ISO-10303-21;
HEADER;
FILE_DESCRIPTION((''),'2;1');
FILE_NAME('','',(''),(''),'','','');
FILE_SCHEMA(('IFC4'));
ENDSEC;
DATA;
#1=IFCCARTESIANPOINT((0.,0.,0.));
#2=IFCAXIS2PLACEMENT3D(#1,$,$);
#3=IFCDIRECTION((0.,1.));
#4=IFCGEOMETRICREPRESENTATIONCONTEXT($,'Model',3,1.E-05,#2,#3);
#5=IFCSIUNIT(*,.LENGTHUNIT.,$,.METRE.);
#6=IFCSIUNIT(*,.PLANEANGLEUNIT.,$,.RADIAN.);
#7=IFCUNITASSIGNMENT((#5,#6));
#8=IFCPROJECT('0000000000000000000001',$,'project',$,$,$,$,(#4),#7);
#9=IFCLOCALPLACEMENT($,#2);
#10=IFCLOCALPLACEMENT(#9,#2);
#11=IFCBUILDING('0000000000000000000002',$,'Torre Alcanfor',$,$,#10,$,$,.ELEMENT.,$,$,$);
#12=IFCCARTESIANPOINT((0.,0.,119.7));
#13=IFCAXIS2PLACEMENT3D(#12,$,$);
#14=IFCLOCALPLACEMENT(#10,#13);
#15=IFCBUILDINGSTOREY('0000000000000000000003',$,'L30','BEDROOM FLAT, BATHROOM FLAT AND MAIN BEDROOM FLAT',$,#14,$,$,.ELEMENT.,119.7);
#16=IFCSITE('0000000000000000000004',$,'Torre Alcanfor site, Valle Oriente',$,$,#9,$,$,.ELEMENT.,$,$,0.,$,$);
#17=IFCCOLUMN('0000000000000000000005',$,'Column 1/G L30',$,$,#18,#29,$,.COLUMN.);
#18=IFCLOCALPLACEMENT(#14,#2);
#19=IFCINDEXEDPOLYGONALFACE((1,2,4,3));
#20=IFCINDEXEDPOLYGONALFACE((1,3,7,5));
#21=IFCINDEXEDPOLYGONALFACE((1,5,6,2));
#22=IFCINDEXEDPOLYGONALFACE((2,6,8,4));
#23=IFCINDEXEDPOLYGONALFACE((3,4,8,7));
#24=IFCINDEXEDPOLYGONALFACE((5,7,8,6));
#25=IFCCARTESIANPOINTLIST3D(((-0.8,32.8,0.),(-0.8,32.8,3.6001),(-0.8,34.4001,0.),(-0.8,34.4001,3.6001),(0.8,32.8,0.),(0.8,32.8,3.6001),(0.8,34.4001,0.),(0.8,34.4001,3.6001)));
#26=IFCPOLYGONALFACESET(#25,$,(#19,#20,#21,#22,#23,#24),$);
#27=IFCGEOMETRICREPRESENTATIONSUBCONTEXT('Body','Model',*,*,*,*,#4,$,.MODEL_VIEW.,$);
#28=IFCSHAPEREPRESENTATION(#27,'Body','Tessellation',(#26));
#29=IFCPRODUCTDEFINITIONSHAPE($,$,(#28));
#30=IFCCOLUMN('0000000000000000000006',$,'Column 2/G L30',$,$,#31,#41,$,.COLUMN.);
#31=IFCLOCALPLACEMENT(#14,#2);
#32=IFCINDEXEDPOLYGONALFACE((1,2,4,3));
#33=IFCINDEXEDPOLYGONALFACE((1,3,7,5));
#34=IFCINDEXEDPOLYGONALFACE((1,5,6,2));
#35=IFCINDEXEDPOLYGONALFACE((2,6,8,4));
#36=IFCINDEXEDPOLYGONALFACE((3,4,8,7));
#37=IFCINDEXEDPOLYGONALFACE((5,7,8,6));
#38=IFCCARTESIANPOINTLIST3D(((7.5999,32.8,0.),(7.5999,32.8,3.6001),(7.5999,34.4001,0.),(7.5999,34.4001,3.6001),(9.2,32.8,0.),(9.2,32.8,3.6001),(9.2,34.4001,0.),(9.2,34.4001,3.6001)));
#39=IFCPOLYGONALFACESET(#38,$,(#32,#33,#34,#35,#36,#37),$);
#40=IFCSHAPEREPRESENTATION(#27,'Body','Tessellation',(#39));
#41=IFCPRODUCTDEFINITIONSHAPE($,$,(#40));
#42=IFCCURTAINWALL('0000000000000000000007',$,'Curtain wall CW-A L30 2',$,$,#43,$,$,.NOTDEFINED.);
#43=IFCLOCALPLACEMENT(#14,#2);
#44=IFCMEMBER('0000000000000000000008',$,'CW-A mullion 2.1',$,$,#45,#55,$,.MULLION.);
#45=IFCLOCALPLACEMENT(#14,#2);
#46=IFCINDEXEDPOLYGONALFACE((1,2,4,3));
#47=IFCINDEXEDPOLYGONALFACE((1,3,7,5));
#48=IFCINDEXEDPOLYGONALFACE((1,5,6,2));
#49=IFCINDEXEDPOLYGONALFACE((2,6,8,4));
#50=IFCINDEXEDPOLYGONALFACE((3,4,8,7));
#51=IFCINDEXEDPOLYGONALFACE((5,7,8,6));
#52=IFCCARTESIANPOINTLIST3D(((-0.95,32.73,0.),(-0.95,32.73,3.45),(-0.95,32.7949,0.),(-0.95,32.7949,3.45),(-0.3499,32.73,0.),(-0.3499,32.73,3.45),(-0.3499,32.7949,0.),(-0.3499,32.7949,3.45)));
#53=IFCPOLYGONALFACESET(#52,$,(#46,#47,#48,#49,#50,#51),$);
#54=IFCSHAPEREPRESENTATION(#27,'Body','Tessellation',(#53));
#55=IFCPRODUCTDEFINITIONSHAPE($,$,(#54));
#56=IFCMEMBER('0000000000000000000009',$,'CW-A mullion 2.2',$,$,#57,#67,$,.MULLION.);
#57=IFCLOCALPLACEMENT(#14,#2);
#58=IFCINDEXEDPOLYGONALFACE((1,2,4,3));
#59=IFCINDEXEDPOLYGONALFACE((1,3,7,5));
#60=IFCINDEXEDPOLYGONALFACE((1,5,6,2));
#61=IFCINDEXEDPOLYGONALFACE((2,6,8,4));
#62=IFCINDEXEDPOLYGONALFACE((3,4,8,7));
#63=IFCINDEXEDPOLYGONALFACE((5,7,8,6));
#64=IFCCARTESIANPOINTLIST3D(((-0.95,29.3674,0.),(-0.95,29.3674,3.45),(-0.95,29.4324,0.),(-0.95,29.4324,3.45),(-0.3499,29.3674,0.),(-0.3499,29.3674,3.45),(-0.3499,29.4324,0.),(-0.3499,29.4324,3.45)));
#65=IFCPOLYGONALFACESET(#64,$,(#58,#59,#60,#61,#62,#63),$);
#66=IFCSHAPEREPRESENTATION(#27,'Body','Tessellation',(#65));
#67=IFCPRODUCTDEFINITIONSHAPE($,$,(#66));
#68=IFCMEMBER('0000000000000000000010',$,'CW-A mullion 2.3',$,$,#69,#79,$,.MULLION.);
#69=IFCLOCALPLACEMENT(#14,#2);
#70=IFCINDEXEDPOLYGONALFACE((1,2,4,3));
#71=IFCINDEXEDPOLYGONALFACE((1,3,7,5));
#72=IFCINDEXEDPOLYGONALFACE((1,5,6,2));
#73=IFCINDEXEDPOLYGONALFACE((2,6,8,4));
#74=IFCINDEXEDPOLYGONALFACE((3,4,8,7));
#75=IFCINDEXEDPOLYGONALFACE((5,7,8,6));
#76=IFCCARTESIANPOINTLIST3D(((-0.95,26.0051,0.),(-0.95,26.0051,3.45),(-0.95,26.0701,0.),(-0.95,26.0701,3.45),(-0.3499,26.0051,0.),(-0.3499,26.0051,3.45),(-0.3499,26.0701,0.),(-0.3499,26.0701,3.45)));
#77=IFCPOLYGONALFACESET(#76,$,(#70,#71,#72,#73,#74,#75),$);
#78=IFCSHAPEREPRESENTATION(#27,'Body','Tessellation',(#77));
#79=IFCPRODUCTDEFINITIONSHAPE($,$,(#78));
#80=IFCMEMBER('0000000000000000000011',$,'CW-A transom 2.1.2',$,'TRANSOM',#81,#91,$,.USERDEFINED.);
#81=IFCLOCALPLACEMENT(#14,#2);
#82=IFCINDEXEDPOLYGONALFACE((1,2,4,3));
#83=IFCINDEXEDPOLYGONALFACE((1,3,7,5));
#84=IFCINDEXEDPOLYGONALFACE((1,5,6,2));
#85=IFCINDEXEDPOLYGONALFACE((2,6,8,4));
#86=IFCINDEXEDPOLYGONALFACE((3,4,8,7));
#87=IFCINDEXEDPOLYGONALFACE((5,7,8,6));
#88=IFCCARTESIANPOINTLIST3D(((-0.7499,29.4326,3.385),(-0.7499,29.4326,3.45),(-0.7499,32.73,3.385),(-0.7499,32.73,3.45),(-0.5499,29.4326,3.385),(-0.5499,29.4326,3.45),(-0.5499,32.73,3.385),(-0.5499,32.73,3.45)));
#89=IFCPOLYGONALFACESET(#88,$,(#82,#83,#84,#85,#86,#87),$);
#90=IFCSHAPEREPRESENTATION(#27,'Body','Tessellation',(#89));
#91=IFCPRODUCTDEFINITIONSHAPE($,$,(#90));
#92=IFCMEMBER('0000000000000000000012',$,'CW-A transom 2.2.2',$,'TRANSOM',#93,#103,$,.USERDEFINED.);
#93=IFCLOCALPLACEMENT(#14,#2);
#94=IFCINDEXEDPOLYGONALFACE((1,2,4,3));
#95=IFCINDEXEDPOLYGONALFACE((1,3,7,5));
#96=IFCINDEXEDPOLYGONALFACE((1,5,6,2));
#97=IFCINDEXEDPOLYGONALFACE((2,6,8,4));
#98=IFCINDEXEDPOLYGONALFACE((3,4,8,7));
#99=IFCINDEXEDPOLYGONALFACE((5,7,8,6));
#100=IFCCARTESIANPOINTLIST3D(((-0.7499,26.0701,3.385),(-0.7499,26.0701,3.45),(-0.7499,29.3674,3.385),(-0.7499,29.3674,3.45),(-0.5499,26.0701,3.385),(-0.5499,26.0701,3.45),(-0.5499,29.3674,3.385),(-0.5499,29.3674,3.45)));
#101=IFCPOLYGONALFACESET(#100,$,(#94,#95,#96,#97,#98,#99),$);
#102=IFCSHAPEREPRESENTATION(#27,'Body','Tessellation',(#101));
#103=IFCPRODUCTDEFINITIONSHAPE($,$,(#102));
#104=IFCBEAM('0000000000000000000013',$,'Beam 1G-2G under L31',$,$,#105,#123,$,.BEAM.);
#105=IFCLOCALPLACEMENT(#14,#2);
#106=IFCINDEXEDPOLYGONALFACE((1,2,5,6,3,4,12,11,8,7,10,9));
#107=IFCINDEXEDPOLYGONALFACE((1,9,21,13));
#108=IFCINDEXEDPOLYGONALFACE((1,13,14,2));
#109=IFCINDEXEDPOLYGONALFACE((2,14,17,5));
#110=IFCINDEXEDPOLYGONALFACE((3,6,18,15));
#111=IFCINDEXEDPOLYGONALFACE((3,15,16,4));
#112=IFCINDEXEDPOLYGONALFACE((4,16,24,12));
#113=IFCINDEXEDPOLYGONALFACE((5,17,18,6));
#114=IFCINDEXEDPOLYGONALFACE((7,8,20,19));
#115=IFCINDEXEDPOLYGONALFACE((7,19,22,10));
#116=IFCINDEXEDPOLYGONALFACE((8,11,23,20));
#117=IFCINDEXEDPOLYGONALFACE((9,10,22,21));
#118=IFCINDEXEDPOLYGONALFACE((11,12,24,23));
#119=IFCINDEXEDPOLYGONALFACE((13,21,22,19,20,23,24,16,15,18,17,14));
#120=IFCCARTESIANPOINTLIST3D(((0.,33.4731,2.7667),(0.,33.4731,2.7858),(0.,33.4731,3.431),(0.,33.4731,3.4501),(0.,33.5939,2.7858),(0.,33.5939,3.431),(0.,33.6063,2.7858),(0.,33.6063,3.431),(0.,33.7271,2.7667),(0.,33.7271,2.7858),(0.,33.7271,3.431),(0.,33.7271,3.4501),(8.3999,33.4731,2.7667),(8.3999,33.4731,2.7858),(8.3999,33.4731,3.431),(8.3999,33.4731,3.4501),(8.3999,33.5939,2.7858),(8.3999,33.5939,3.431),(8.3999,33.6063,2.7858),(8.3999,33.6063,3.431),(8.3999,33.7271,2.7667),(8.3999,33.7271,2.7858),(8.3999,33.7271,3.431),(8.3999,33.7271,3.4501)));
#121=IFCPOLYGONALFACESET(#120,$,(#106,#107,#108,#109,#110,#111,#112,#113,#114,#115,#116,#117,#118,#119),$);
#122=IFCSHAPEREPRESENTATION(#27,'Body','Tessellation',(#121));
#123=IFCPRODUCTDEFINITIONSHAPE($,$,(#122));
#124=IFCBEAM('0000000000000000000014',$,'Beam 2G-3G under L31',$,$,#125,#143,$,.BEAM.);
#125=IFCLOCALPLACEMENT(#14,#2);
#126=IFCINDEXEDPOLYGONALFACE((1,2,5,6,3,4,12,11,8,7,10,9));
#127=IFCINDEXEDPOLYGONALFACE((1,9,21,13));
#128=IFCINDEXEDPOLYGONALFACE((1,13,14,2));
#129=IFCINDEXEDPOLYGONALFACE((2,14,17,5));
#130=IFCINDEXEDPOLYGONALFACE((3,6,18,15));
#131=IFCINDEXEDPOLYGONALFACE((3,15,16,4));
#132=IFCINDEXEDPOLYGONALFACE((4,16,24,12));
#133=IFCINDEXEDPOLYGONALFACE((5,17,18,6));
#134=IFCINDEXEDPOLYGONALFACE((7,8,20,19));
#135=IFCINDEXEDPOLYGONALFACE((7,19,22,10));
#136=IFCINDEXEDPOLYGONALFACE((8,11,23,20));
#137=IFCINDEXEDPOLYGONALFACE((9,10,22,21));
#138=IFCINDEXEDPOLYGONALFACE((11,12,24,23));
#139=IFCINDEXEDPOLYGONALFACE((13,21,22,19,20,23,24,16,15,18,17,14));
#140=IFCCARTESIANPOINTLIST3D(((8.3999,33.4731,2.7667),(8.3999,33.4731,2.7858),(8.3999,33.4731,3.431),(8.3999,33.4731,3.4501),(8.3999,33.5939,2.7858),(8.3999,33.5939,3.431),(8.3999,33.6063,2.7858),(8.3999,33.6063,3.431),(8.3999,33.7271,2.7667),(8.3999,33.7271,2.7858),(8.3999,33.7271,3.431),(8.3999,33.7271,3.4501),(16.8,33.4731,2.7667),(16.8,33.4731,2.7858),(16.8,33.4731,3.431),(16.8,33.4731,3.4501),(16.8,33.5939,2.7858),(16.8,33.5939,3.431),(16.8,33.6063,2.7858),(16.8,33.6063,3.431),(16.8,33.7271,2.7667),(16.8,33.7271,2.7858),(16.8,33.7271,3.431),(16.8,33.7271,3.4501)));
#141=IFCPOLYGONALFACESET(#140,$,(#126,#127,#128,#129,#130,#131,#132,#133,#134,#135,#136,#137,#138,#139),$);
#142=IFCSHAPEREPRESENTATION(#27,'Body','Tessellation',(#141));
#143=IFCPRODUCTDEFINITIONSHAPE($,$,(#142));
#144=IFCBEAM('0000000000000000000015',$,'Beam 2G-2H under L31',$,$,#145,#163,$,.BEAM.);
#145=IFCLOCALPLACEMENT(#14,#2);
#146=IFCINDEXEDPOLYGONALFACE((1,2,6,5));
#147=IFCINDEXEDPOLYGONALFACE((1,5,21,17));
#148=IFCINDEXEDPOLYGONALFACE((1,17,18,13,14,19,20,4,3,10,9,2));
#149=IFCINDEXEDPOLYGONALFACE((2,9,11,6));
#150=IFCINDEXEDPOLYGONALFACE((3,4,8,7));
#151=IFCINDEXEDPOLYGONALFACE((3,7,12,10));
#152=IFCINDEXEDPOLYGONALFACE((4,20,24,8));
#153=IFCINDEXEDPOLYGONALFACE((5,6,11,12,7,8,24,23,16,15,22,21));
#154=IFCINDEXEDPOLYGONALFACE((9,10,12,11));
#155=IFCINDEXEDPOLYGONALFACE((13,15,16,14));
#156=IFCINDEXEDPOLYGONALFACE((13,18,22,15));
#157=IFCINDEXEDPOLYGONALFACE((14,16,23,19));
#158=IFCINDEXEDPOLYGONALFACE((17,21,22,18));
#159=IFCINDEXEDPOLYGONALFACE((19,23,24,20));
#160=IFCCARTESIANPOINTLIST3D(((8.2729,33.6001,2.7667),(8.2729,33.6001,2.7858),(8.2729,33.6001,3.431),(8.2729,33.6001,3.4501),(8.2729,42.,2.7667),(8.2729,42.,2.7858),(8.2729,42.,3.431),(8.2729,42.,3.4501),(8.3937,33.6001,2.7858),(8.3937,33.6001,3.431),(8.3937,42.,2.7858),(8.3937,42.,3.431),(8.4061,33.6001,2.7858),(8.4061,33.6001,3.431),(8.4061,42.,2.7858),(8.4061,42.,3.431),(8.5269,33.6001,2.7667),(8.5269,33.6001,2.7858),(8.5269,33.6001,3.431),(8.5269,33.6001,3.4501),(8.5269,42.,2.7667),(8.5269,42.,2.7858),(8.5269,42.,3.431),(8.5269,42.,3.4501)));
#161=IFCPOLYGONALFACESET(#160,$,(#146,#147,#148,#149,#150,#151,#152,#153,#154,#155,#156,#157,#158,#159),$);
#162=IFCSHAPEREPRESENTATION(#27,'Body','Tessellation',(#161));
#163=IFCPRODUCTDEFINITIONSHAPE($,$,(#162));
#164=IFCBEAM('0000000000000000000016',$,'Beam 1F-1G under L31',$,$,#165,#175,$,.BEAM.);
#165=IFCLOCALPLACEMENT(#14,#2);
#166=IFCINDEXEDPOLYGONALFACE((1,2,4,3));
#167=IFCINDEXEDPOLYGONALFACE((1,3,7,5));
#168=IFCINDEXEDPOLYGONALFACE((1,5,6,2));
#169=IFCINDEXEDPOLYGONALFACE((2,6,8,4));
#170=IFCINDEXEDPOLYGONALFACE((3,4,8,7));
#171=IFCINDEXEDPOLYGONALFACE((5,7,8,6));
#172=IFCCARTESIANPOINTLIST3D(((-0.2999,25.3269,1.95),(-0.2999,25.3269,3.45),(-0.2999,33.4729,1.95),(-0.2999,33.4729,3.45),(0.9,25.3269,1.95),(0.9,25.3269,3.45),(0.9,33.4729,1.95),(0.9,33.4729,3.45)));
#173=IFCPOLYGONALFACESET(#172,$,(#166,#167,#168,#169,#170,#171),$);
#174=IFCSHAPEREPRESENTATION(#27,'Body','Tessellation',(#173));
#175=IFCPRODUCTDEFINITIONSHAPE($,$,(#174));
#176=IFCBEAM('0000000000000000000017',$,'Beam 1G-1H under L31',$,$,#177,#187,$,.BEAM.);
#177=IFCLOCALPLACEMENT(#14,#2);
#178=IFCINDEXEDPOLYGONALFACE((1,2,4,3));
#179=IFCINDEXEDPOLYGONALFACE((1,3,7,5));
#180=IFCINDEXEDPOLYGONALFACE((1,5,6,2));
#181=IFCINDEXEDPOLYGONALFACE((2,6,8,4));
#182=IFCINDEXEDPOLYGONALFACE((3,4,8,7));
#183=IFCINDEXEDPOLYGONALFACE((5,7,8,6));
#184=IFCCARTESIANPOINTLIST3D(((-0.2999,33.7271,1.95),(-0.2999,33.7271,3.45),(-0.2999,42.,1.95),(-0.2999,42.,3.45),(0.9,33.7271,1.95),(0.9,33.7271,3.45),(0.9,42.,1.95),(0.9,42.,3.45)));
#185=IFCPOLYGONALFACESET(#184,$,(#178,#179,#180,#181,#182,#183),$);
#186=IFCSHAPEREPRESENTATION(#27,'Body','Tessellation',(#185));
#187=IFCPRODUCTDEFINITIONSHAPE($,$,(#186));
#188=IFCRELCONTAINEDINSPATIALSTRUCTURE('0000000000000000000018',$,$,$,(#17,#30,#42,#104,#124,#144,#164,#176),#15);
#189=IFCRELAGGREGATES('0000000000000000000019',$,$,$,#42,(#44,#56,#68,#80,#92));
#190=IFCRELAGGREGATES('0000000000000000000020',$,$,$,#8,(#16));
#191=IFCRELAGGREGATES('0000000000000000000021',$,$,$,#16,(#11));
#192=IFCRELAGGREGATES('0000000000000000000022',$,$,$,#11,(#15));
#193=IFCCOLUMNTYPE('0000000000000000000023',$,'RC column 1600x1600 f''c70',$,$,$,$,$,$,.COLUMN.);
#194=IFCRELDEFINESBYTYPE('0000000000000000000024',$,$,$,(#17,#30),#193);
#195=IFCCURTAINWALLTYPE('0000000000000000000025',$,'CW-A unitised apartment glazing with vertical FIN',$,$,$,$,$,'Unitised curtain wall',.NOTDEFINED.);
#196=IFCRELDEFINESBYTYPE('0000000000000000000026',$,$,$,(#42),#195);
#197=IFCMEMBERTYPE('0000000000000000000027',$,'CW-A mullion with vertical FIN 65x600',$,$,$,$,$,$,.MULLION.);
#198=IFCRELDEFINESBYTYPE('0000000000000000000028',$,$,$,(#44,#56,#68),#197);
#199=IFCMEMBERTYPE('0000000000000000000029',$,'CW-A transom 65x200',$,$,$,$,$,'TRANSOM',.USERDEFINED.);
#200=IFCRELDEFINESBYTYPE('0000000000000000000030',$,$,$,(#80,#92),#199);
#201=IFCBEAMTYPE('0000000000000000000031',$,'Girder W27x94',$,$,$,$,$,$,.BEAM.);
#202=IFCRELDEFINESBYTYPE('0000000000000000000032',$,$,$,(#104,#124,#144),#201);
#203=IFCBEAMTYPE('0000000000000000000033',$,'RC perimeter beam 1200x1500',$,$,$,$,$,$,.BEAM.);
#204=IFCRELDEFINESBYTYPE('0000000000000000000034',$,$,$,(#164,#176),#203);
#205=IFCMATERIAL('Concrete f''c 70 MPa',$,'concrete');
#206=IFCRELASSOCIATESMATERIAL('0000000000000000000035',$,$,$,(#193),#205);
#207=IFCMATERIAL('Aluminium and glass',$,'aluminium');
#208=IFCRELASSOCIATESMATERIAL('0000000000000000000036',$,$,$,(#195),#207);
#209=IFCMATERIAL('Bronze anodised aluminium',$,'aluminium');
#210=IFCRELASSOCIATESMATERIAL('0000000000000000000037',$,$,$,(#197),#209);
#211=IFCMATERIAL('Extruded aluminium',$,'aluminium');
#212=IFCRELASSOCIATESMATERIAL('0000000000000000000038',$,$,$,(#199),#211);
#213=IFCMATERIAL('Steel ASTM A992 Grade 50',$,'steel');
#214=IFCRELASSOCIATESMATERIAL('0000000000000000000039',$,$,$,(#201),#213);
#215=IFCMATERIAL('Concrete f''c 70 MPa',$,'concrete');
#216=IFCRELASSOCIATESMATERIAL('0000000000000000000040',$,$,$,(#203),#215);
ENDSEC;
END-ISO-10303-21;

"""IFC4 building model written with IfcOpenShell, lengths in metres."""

from ifc_helpers import new_model, si_unit, direction, frame, origin, origin_2d, place, context, subcontext, project, spatial, rectangle, i_section, extrude, material, material_profile, profile_set, type_object, element, aggregate, save


model = new_model("IFC4")

# Units and contexts
model_context = context("Model", 3, precision=1e-05, world=origin(), true_north=direction((0.0, 1.0)))
body_context = subcontext(model_context, "Body", "Model", "MODEL_VIEW")
ifc_project = project(units=[si_unit("LENGTHUNIT", "METRE"), si_unit("PLANEANGLEUNIT", "RADIAN")], contexts=[model_context])

# Site, building, storey
site_placement = place(None, origin())
site = spatial("IfcSite", under=ifc_project, at=site_placement, Name="Torre Alcanfor site, Valle Oriente", CompositionType="ELEMENT", RefElevation=0.0)
building_placement = place(site_placement, origin())
building = spatial("IfcBuilding", under=site, at=building_placement, Name="Torre Alcanfor", CompositionType="ELEMENT")
storey_placement = place(building_placement, frame((0.0, 0.0, 119.7)))
storey = spatial("IfcBuildingStorey", under=building, at=storey_placement, Name="L30", Description="BEDROOM FLAT, BATHROOM FLAT AND MAIN BEDROOM FLAT", CompositionType="ELEMENT", Elevation=119.7)

# Columns
ifc_material_1 = material(Name="Concrete f'c 70 MPa", Category="concrete")
ifc_material_profile_1 = material_profile(ifc_material_1, rectangle(XDim=1.6001, YDim=1.6001, at=origin_2d()), Name="1600x1600")
ifc_profile_set_1 = profile_set([ifc_material_profile_1], Name="Concrete f'c 70 MPa")
column_type = type_object("IfcColumnType", Name="RC column 1600x1600 f'c70", PredefinedType="COLUMN", material=ifc_profile_set_1)
for number, where, z_axis, x_axis, name in (
    (1, (0.0, 33.6001, 0.0), (0.0, 0.0, 1.0), (1.0, 0.0, 0.0), "Column 1/G L30"),
    (2, (8.3999, 33.6001, 0.0), (0.0, 0.0, 1.0), (1.0, 0.0, 0.0), "Column 2/G L30"),
):
    element("IfcColumn", number, at=place(storey_placement, frame(where, z_axis=z_axis, x_axis=x_axis)), inside=storey, type_object=column_type, Name=name, PredefinedType="COLUMN", context=body_context, shape_type="SweptSolid", body=[
        extrude(rectangle(XDim=1.6001, YDim=1.6001, at=origin_2d()), origin(), (0.0, 0.0, 1.0), 3.6001),
    ])

# Curtain wall, members
ifc_material_2 = material(Name="Aluminium and glass", Category="aluminium")
curtain_wall_type = type_object("IfcCurtainWallType", Name="CW-A unitised apartment glazing with vertical FIN", ElementType="Unitised curtain wall", PredefinedType="NOTDEFINED", material=ifc_material_2)
curtain_wall_placement = place(storey_placement, origin())
curtain_wall = element("IfcCurtainWall", 3, at=curtain_wall_placement, inside=storey, type_object=curtain_wall_type, Name="Curtain wall CW-A L30 2", PredefinedType="NOTDEFINED")
ifc_material_3 = material(Name="Bronze anodised aluminium", Category="aluminium")
ifc_material_profile_2 = material_profile(ifc_material_3, rectangle(XDim=0.6001, YDim=0.0649, at=origin_2d()), Name="CW-A mullion 65x600")
ifc_profile_set_2 = profile_set([ifc_material_profile_2], Name="Bronze anodised aluminium")
member_type_1 = type_object("IfcMemberType", Name="CW-A mullion with vertical FIN 65x600", PredefinedType="MULLION", material=ifc_profile_set_2)
member_1_placement = place(storey_placement, frame((-0.6499, 32.7625, 0.0), z_axis=(0.0, 0.0, 1.0), x_axis=(1.0, 0.0, 0.0)))
member_1 = element("IfcMember", 4, at=member_1_placement, type_object=member_type_1, Name="CW-A mullion 2.1", PredefinedType="MULLION", context=body_context, shape_type="SweptSolid", body=[
    extrude(rectangle(XDim=0.6001, YDim=0.0649, at=origin_2d()), origin(), (0.0, 0.0, 1.0), 3.45),
])
member_2_placement = place(storey_placement, frame((-0.6499, 29.3999, 0.0), z_axis=(0.0, 0.0, 1.0), x_axis=(1.0, 0.0, 0.0)))
member_2 = element("IfcMember", 5, at=member_2_placement, type_object=member_type_1, Name="CW-A mullion 2.2", PredefinedType="MULLION", context=body_context, shape_type="SweptSolid", body=[
    extrude(rectangle(XDim=0.6001, YDim=0.0649, at=origin_2d()), origin(), (0.0, 0.0, 1.0), 3.45),
])
member_3_placement = place(storey_placement, frame((-0.6499, 26.0376, 0.0), z_axis=(0.0, 0.0, 1.0), x_axis=(1.0, 0.0, 0.0)))
member_3 = element("IfcMember", 6, at=member_3_placement, type_object=member_type_1, Name="CW-A mullion 2.3", PredefinedType="MULLION", context=body_context, shape_type="SweptSolid", body=[
    extrude(rectangle(XDim=0.6001, YDim=0.0649, at=origin_2d()), origin(), (0.0, 0.0, 1.0), 3.45),
])
ifc_material_4 = material(Name="Extruded aluminium", Category="aluminium")
ifc_material_profile_3 = material_profile(ifc_material_4, rectangle(XDim=0.2, YDim=0.0649, at=origin_2d()), Name="CW-A transom 200x65")
ifc_profile_set_3 = profile_set([ifc_material_profile_3], Name="Extruded aluminium")
member_type_2 = type_object("IfcMemberType", Name="CW-A transom 65x200", ElementType="TRANSOM", PredefinedType="USERDEFINED", material=ifc_profile_set_3)
member_4_placement = place(storey_placement, frame((-0.6499, 32.73, 3.4175), z_axis=(0.0, -1.0, 0.0), x_axis=(1.0, 0.0, 0.0)))
member_4 = element("IfcMember", 7, at=member_4_placement, type_object=member_type_2, Name="CW-A transom 2.1.2", ObjectType="TRANSOM", PredefinedType="USERDEFINED", context=body_context, shape_type="SweptSolid", body=[
    extrude(rectangle(XDim=0.2, YDim=0.0649, at=origin_2d()), origin(), (0.0, 0.0, 1.0), 3.2974),
])
member_5_placement = place(storey_placement, frame((-0.6499, 29.3674, 3.4175), z_axis=(0.0, -1.0, 0.0), x_axis=(1.0, 0.0, 0.0)))
member_5 = element("IfcMember", 8, at=member_5_placement, type_object=member_type_2, Name="CW-A transom 2.2.2", ObjectType="TRANSOM", PredefinedType="USERDEFINED", context=body_context, shape_type="SweptSolid", body=[
    extrude(rectangle(XDim=0.2, YDim=0.0649, at=origin_2d()), origin(), (0.0, 0.0, 1.0), 3.2974),
])

# Beams
ifc_material_5 = material(Name="Steel ASTM A992 Grade 50", Category="steel")
ifc_material_profile_4 = material_profile(ifc_material_5, i_section(OverallWidth=0.2539, OverallDepth=0.6833, WebThickness=0.0125, FlangeThickness=0.019, at=origin_2d()), Name="W27x94")
ifc_profile_set_4 = profile_set([ifc_material_profile_4], Name="Steel ASTM A992 Grade 50")
beam_type_1 = type_object("IfcBeamType", Name="Girder W27x94", PredefinedType="BEAM", material=ifc_profile_set_4)
beam_1_placement = place(storey_placement, frame((0.0, 33.6001, 3.1084), z_axis=(1.0, 0.0, 0.0), x_axis=(0.0, 1.0, 0.0)))
element("IfcBeam", 9, at=beam_1_placement, inside=storey, type_object=beam_type_1, Name="Beam 1G-2G under L31", PredefinedType="BEAM", context=body_context, shape_type="SweptSolid", body=[
    extrude(i_section(OverallWidth=0.2539, OverallDepth=0.6833, WebThickness=0.0125, FlangeThickness=0.019, at=origin_2d()), origin(), (0.0, 0.0, 1.0), 8.3999),
])
beam_2_placement = place(storey_placement, frame((8.3999, 33.6001, 3.1084), z_axis=(1.0, 0.0, 0.0), x_axis=(0.0, 1.0, 0.0)))
element("IfcBeam", 10, at=beam_2_placement, inside=storey, type_object=beam_type_1, Name="Beam 2G-3G under L31", PredefinedType="BEAM", context=body_context, shape_type="SweptSolid", body=[
    extrude(i_section(OverallWidth=0.2539, OverallDepth=0.6833, WebThickness=0.0125, FlangeThickness=0.019, at=origin_2d()), origin(), (0.0, 0.0, 1.0), 8.4001),
])
beam_3_placement = place(storey_placement, frame((8.3999, 33.6001, 3.1084), z_axis=(0.0, 1.0, 0.0), x_axis=(-1.0, 0.0, 0.0)))
element("IfcBeam", 11, at=beam_3_placement, inside=storey, type_object=beam_type_1, Name="Beam 2G-2H under L31", PredefinedType="BEAM", context=body_context, shape_type="SweptSolid", body=[
    extrude(i_section(OverallWidth=0.2539, OverallDepth=0.6833, WebThickness=0.0125, FlangeThickness=0.019, at=origin_2d()), origin(), (0.0, 0.0, 1.0), 8.3999),
])
ifc_material_6 = material(Name="Concrete f'c 70 MPa", Category="concrete")
ifc_material_profile_5 = material_profile(ifc_material_6, rectangle(XDim=1.2, YDim=1.5, at=origin_2d()), Name="1200x1500")
ifc_profile_set_5 = profile_set([ifc_material_profile_5], Name="Concrete f'c 70 MPa")
beam_type_2 = type_object("IfcBeamType", Name="RC perimeter beam 1200x1500", PredefinedType="BEAM", material=ifc_profile_set_5)
beam_4_placement = place(storey_placement, frame((0.3, 25.3269, 2.7), z_axis=(0.0, 1.0, 0.0), x_axis=(-1.0, 0.0, 0.0)))
element("IfcBeam", 12, at=beam_4_placement, inside=storey, type_object=beam_type_2, Name="Beam 1F-1G under L31", PredefinedType="BEAM", context=body_context, shape_type="SweptSolid", body=[
    extrude(rectangle(XDim=1.2, YDim=1.5, at=origin_2d()), origin(), (0.0, 0.0, 1.0), 8.146),
])
beam_5_placement = place(storey_placement, frame((0.3, 33.7271, 2.7), z_axis=(0.0, 1.0, 0.0), x_axis=(-1.0, 0.0, 0.0)))
element("IfcBeam", 13, at=beam_5_placement, inside=storey, type_object=beam_type_2, Name="Beam 1G-1H under L31", PredefinedType="BEAM", context=body_context, shape_type="SweptSolid", body=[
    extrude(rectangle(XDim=1.2, YDim=1.5, at=origin_2d()), origin(), (0.0, 0.0, 1.0), 8.2729),
])

aggregate(curtain_wall, [member_1, member_2, member_3, member_4, member_5])

save(model, "model.ifc")
